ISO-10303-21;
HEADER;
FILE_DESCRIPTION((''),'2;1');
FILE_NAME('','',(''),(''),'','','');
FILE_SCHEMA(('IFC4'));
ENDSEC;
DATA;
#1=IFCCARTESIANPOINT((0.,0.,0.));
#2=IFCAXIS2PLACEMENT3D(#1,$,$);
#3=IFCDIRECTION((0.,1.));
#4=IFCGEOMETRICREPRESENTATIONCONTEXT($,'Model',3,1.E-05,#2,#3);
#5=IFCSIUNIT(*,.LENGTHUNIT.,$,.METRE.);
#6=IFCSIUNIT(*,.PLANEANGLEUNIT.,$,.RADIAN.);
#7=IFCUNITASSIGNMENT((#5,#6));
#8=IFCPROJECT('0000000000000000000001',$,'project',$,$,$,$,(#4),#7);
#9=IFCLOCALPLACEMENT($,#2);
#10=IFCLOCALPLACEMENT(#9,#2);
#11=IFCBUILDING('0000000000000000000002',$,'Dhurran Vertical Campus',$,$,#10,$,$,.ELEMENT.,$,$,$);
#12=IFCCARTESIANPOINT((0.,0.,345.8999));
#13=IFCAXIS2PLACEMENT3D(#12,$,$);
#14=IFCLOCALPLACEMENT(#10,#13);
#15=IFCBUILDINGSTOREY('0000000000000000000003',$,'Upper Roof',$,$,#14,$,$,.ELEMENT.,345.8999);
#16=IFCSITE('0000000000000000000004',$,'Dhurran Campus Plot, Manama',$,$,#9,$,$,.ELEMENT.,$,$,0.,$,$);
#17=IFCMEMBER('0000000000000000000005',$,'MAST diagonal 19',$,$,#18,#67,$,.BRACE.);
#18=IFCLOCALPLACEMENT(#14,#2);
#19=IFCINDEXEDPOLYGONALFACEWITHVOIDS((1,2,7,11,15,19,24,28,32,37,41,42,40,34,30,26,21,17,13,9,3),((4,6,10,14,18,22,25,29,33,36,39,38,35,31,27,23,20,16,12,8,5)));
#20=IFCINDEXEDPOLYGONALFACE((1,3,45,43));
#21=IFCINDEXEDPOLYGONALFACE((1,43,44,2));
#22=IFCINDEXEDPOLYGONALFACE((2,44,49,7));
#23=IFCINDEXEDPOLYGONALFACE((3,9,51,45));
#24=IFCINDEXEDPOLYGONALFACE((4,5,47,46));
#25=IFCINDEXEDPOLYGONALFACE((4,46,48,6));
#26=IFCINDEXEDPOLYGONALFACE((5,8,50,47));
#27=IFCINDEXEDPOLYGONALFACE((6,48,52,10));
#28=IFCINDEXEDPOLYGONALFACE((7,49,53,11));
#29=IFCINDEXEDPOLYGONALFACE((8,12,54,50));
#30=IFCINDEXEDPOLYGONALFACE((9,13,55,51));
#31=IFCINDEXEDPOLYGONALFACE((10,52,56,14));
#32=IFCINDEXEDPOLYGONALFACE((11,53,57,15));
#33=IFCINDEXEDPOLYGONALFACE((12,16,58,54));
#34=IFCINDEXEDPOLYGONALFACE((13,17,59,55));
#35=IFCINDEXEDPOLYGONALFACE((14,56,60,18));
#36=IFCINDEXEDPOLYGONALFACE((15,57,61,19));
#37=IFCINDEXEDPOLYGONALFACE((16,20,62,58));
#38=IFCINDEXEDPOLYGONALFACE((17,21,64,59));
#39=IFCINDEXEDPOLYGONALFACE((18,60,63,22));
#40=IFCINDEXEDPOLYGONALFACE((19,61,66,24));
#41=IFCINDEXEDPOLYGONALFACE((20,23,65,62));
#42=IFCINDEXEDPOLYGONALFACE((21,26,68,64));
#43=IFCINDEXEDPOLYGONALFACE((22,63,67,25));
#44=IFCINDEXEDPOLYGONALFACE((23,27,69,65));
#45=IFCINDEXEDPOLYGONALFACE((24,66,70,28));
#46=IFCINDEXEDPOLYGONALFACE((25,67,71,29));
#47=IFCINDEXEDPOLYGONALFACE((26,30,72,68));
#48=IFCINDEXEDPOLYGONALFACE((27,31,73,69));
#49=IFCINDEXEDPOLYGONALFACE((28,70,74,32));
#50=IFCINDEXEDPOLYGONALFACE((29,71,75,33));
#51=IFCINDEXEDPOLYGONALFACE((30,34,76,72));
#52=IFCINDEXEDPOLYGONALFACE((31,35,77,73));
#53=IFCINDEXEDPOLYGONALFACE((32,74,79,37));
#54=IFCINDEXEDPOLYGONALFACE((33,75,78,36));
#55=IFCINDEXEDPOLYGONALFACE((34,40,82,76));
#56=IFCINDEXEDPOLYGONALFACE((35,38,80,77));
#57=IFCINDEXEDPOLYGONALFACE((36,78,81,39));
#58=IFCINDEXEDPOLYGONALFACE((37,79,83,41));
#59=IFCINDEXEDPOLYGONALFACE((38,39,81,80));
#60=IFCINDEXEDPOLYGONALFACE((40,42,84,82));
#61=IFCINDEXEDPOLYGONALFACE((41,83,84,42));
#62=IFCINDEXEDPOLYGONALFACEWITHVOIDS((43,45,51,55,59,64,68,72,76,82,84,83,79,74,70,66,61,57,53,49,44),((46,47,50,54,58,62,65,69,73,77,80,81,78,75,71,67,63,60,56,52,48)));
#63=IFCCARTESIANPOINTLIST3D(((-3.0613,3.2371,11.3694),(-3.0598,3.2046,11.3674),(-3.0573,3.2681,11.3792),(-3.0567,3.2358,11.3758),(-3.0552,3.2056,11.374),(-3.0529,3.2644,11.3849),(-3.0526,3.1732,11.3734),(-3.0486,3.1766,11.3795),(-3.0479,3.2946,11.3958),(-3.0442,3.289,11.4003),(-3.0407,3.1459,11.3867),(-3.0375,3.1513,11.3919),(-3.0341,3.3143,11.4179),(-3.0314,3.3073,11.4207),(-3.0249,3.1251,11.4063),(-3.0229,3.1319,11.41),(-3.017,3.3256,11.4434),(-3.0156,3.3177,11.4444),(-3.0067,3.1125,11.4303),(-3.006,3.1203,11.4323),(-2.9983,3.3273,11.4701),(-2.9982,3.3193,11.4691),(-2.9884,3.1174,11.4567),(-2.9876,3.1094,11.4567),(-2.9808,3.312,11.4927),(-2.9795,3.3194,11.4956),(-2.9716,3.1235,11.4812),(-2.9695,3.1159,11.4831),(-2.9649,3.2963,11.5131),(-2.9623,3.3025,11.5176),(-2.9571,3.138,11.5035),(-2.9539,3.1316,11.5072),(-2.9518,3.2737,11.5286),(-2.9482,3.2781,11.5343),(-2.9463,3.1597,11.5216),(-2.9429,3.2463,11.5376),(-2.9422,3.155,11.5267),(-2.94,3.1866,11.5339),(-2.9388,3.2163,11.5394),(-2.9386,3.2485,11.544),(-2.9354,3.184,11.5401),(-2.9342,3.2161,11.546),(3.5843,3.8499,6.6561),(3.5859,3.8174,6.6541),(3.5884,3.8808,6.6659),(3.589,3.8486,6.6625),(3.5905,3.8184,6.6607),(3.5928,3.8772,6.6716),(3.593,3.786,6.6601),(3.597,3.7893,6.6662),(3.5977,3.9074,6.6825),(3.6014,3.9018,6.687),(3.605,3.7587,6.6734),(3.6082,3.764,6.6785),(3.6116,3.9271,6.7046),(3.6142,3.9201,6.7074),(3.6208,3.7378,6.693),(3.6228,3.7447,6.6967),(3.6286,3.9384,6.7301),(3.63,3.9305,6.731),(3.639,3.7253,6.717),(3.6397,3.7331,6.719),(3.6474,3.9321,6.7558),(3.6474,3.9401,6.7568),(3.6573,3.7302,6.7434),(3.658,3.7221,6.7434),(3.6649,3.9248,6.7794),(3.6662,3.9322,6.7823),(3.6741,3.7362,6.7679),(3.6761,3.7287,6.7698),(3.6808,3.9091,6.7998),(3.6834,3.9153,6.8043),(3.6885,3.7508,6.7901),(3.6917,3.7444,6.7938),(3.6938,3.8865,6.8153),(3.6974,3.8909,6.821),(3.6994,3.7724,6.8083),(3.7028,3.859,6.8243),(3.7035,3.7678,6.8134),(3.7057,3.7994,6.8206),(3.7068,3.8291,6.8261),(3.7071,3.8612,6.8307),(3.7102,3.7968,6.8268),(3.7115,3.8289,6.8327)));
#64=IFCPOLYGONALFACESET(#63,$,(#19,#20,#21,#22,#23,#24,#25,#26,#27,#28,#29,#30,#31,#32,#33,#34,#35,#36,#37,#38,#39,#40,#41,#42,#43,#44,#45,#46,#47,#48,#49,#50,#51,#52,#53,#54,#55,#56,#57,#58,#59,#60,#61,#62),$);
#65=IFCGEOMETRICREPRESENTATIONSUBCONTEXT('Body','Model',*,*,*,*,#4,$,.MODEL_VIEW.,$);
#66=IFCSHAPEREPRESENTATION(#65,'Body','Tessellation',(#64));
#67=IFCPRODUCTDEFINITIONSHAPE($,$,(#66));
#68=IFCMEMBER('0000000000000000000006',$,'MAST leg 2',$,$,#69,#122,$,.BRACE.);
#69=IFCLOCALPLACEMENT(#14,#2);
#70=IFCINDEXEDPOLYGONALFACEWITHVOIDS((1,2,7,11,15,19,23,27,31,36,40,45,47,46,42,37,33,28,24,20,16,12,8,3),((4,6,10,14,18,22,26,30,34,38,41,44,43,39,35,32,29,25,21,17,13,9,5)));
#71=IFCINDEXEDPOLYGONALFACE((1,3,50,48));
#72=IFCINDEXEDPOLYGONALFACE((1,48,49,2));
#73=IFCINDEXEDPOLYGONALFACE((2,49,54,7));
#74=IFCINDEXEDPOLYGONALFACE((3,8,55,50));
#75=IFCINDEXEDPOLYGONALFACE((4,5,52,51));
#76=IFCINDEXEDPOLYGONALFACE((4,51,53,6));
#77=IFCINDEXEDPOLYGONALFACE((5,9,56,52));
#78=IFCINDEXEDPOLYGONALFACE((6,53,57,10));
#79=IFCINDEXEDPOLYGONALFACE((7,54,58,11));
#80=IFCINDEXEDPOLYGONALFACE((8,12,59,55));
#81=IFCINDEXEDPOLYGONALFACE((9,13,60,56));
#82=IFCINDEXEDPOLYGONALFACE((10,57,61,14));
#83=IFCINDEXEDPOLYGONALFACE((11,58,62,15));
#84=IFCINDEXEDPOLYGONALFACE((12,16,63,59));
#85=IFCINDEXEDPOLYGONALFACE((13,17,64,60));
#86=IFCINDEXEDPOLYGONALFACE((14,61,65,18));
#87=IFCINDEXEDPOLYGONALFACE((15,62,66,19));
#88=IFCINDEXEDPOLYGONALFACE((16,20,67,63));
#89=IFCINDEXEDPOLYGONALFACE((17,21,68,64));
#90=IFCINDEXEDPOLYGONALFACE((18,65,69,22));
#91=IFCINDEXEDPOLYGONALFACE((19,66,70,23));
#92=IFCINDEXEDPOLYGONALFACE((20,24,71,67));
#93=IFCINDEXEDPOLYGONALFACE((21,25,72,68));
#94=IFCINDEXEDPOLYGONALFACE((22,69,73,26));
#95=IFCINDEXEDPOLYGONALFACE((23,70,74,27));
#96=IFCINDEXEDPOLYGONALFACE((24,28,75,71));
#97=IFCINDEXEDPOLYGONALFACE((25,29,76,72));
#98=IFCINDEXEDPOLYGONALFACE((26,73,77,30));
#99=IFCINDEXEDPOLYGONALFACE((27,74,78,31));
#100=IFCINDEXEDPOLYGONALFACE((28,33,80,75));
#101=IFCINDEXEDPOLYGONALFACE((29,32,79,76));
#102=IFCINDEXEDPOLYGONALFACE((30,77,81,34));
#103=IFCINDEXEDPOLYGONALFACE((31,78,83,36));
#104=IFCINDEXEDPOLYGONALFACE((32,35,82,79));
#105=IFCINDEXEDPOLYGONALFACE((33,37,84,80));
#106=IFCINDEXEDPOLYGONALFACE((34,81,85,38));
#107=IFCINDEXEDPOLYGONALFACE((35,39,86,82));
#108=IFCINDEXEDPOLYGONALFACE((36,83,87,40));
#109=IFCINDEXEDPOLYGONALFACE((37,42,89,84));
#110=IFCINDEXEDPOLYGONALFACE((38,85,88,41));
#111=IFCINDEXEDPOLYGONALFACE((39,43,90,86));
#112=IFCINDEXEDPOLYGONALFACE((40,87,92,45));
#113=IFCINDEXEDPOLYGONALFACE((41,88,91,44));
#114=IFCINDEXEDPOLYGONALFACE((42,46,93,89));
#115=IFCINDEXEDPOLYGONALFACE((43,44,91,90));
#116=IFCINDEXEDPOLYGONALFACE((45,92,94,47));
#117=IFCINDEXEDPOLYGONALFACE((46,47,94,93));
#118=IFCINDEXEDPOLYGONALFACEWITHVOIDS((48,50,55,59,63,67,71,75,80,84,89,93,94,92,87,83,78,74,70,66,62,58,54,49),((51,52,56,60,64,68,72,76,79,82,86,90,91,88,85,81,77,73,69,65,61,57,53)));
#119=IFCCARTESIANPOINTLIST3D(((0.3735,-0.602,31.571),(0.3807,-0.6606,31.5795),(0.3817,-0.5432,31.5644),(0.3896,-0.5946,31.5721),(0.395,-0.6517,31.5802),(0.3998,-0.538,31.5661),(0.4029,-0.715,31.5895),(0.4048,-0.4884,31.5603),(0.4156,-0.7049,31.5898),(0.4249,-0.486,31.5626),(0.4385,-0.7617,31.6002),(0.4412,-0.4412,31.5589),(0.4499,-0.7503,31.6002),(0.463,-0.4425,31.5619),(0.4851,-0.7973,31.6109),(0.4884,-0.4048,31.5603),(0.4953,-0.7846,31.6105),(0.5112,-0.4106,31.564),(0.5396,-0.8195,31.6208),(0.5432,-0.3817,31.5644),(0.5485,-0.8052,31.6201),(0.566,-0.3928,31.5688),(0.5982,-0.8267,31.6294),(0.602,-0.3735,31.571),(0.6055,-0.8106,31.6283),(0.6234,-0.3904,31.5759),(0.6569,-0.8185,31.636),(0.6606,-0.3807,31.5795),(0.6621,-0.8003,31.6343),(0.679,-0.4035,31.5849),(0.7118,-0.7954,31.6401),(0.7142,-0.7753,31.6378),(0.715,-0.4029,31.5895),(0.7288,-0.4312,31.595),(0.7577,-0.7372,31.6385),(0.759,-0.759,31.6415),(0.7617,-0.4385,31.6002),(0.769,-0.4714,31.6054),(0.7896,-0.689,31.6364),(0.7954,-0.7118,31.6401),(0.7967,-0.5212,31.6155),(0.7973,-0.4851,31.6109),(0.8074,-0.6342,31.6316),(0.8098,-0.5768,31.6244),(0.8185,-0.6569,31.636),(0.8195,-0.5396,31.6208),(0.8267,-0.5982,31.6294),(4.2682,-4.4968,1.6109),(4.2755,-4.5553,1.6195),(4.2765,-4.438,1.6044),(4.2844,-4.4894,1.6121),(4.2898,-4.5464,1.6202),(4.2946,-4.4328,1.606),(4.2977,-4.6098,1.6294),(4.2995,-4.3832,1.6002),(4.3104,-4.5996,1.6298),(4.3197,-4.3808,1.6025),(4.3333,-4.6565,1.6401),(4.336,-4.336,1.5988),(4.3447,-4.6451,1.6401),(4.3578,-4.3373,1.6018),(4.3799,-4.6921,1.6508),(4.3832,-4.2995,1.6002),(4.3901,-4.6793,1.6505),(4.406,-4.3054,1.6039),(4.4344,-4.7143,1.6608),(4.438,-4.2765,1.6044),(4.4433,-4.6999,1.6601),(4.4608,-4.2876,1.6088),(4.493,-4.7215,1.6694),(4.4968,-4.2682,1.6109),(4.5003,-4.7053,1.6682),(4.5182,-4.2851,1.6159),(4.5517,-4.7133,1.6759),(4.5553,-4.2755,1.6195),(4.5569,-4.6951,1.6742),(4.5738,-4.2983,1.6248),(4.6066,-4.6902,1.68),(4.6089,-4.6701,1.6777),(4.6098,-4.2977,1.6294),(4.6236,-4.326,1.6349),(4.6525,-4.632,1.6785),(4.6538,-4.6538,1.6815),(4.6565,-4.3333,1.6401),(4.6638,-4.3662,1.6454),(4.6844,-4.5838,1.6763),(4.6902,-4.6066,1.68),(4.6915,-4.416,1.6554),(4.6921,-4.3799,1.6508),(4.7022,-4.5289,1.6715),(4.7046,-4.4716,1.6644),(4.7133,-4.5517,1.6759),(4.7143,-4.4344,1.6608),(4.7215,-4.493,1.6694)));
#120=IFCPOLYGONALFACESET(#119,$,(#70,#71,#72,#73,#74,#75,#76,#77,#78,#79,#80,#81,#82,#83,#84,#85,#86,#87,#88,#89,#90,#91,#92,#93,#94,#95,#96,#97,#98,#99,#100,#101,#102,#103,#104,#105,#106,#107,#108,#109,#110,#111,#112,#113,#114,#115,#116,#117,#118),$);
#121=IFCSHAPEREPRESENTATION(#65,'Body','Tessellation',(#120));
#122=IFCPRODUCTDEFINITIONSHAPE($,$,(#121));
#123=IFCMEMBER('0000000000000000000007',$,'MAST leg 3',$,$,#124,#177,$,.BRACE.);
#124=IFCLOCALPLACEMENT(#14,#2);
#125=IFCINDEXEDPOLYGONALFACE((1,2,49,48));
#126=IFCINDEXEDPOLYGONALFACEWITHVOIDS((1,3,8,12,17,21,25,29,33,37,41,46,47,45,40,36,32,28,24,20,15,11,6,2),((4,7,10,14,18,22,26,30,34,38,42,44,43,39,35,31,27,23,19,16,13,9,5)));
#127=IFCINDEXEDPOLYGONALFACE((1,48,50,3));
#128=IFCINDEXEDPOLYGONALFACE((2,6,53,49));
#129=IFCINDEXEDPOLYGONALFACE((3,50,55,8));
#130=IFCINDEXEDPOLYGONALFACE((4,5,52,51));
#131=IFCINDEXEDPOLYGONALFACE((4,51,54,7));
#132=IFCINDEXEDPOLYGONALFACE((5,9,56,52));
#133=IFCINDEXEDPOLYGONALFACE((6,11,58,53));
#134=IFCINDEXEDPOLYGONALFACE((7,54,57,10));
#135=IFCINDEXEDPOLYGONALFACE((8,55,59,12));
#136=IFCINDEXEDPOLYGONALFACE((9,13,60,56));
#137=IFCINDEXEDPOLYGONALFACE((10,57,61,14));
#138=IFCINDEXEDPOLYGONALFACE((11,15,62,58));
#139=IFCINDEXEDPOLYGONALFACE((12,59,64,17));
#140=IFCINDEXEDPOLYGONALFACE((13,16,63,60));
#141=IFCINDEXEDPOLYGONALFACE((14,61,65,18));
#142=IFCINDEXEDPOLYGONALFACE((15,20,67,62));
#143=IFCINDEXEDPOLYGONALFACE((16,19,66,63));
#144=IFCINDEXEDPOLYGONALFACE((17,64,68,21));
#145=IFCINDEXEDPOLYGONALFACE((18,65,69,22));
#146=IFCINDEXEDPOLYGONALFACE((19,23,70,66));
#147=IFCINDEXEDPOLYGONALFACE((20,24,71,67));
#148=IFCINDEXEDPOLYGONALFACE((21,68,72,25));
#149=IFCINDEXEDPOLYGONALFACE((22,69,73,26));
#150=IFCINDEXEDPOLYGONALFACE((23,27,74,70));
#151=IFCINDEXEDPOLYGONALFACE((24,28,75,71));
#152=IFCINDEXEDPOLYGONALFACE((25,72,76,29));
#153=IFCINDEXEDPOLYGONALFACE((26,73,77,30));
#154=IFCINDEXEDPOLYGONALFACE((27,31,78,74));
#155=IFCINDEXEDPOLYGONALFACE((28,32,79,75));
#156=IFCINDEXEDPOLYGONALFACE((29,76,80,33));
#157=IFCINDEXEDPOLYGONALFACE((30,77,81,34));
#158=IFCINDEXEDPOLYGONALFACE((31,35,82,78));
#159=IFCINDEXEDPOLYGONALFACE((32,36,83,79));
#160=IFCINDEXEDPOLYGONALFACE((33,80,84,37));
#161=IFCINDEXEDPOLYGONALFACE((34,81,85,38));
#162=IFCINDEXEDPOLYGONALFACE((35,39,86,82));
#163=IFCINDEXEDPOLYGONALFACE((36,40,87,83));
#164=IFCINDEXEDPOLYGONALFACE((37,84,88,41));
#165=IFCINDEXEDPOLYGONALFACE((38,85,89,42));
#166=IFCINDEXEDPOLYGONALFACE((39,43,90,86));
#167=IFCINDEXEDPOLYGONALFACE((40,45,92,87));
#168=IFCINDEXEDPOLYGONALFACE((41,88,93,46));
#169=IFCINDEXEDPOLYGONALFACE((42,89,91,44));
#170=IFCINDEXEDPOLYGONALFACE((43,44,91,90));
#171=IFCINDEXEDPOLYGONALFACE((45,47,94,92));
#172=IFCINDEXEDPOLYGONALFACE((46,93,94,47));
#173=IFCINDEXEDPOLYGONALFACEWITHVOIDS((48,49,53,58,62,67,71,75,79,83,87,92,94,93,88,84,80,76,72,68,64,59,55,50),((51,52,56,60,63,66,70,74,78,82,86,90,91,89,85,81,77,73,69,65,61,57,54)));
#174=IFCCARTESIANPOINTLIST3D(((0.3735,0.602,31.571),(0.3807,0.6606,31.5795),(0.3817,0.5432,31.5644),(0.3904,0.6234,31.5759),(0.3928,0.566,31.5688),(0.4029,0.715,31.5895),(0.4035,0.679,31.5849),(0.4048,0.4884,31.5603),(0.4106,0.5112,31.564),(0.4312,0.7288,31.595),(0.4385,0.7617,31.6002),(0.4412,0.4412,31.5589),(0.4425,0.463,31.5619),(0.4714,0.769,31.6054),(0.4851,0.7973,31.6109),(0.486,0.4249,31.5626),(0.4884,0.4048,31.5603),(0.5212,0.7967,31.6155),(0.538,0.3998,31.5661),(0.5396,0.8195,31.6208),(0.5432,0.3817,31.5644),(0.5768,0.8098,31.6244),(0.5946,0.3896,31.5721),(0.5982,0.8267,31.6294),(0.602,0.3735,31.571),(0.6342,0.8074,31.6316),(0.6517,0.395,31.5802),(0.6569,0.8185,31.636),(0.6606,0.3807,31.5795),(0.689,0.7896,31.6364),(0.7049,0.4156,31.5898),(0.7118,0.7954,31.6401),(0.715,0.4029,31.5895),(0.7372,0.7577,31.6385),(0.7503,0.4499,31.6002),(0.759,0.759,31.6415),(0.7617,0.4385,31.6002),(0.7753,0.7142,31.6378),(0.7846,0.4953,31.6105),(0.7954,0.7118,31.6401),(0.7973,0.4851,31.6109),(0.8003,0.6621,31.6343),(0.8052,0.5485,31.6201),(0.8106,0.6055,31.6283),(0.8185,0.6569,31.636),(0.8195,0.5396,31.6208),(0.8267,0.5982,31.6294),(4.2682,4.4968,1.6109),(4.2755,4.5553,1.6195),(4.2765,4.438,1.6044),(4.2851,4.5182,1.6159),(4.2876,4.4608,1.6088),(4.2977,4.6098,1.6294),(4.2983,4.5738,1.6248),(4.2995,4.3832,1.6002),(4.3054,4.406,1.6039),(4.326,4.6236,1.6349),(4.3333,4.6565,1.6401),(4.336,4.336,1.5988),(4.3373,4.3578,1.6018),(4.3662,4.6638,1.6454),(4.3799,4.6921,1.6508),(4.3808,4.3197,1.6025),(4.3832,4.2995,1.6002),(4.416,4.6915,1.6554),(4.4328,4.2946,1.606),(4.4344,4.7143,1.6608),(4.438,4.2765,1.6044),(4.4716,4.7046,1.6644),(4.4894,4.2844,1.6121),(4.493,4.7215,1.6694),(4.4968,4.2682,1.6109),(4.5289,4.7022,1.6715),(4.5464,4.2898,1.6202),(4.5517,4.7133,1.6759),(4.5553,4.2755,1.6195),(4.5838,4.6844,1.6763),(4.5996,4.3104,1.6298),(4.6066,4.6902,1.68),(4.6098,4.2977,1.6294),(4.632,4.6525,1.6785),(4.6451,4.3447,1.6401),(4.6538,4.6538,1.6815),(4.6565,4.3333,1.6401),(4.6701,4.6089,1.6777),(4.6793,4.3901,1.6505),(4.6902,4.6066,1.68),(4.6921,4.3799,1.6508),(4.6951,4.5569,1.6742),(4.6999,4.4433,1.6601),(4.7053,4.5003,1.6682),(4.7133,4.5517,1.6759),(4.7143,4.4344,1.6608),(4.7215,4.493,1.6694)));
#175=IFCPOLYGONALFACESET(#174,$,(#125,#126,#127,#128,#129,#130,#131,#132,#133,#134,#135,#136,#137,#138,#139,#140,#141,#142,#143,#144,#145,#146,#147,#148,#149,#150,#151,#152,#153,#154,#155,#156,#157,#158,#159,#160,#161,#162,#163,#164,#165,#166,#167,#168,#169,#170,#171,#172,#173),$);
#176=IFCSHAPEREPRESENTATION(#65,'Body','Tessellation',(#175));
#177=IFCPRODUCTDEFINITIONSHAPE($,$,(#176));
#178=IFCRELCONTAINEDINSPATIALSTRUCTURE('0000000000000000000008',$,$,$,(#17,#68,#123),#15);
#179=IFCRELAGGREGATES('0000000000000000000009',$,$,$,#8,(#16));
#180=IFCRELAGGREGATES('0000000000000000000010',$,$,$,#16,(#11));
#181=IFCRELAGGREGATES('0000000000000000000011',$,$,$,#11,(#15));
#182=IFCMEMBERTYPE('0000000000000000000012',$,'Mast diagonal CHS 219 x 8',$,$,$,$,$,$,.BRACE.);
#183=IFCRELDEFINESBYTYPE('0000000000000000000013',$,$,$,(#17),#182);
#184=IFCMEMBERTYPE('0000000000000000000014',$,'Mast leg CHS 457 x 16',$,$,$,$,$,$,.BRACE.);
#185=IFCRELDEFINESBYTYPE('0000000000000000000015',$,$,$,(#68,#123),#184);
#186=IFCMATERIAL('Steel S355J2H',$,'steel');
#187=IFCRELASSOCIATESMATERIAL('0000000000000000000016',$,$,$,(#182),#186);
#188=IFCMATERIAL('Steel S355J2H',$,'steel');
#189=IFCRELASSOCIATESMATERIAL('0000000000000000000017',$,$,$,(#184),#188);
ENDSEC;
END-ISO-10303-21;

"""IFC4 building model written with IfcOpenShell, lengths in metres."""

from ifc_helpers import new_model, si_unit, direction, frame, origin, origin_2d, place, context, subcontext, project, spatial, hollow_circle, extrude, material, material_profile, profile_set, type_object, element, save


model = new_model("IFC4")

# Units and contexts
model_context = context("Model", 3, precision=1e-05, world=origin(), true_north=direction((0.0, 1.0)))
body_context = subcontext(model_context, "Body", "Model", "MODEL_VIEW")
ifc_project = project(units=[si_unit("LENGTHUNIT", "METRE"), si_unit("PLANEANGLEUNIT", "RADIAN")], contexts=[model_context])

# Site, building, storey
site_placement = place(None, origin())
site = spatial("IfcSite", under=ifc_project, at=site_placement, Name="Dhurran Campus Plot, Manama", CompositionType="ELEMENT", RefElevation=0.0)
building_placement = place(site_placement, origin())
building = spatial("IfcBuilding", under=site, at=building_placement, Name="Dhurran Vertical Campus", CompositionType="ELEMENT")
storey_placement = place(building_placement, frame((0.0, 0.0, 345.8999)))
storey = spatial("IfcBuildingStorey", under=building, at=storey_placement, Name="Upper Roof", CompositionType="ELEMENT", Elevation=345.8999)

# Members
ifc_material_1 = material(Name="Steel S355J2H", Category="steel")
ifc_material_profile_1 = material_profile(ifc_material_1, hollow_circle(Radius=0.1096, WallThickness=0.0081, at=origin_2d()), Name="CHS219x8")
ifc_profile_set_1 = profile_set([ifc_material_profile_1], Name="Steel S355J2H")
member_type_1 = type_object("IfcMemberType", Name="Mast diagonal CHS 219 x 8", PredefinedType="BRACE", material=ifc_profile_set_1)
member_1_placement = place(storey_placement, frame((3.6479, 3.8313, 6.7434), z_axis=(-0.813381, -0.075, 0.576876), x_axis=(0.091819, -0.995776, 0.0)))
element("IfcMember", 1, at=member_1_placement, inside=storey, type_object=member_type_1, Name="MAST diagonal 19", PredefinedType="BRACE", context=body_context, shape_type="SweptSolid", body=[
    extrude(hollow_circle(Radius=0.1096, WallThickness=0.0081, at=origin_2d()), origin(), (0.0, 0.0, 1.0), 8.1704),
])
ifc_material_2 = material(Name="Steel S355J2H", Category="steel")
ifc_material_profile_2 = material_profile(ifc_material_2, hollow_circle(Radius=0.2285, WallThickness=0.0161, at=origin_2d()), Name="CHS457x16")
ifc_profile_set_2 = profile_set([ifc_material_profile_2], Name="Steel S355J2H")
member_type_2 = type_object("IfcMemberType", Name="Mast leg CHS 457 x 16", PredefinedType="BRACE", material=ifc_profile_set_2)
for number, where, z_axis, x_axis, name in (
    (2, (4.4949, -4.4949, 1.6401), (-0.127857, 0.127857, 0.983517), (-0.707107, -0.707107, 0.0), "MAST leg 2"),
    (3, (4.4949, 4.4949, 1.6401), (-0.127857, -0.127857, 0.983517), (0.707107, -0.707107, 0.0), "MAST leg 3"),
):
    element("IfcMember", number, at=place(storey_placement, frame(where, z_axis=z_axis, x_axis=x_axis)), inside=storey, type_object=member_type_2, Name=name, PredefinedType="BRACE", context=body_context, shape_type="SweptSolid", body=[
        extrude(hollow_circle(Radius=0.2285, WallThickness=0.0161, at=origin_2d()), origin(), (0.0, 0.0, 1.0), 30.4622),
    ])

save(model, "model.ifc")
